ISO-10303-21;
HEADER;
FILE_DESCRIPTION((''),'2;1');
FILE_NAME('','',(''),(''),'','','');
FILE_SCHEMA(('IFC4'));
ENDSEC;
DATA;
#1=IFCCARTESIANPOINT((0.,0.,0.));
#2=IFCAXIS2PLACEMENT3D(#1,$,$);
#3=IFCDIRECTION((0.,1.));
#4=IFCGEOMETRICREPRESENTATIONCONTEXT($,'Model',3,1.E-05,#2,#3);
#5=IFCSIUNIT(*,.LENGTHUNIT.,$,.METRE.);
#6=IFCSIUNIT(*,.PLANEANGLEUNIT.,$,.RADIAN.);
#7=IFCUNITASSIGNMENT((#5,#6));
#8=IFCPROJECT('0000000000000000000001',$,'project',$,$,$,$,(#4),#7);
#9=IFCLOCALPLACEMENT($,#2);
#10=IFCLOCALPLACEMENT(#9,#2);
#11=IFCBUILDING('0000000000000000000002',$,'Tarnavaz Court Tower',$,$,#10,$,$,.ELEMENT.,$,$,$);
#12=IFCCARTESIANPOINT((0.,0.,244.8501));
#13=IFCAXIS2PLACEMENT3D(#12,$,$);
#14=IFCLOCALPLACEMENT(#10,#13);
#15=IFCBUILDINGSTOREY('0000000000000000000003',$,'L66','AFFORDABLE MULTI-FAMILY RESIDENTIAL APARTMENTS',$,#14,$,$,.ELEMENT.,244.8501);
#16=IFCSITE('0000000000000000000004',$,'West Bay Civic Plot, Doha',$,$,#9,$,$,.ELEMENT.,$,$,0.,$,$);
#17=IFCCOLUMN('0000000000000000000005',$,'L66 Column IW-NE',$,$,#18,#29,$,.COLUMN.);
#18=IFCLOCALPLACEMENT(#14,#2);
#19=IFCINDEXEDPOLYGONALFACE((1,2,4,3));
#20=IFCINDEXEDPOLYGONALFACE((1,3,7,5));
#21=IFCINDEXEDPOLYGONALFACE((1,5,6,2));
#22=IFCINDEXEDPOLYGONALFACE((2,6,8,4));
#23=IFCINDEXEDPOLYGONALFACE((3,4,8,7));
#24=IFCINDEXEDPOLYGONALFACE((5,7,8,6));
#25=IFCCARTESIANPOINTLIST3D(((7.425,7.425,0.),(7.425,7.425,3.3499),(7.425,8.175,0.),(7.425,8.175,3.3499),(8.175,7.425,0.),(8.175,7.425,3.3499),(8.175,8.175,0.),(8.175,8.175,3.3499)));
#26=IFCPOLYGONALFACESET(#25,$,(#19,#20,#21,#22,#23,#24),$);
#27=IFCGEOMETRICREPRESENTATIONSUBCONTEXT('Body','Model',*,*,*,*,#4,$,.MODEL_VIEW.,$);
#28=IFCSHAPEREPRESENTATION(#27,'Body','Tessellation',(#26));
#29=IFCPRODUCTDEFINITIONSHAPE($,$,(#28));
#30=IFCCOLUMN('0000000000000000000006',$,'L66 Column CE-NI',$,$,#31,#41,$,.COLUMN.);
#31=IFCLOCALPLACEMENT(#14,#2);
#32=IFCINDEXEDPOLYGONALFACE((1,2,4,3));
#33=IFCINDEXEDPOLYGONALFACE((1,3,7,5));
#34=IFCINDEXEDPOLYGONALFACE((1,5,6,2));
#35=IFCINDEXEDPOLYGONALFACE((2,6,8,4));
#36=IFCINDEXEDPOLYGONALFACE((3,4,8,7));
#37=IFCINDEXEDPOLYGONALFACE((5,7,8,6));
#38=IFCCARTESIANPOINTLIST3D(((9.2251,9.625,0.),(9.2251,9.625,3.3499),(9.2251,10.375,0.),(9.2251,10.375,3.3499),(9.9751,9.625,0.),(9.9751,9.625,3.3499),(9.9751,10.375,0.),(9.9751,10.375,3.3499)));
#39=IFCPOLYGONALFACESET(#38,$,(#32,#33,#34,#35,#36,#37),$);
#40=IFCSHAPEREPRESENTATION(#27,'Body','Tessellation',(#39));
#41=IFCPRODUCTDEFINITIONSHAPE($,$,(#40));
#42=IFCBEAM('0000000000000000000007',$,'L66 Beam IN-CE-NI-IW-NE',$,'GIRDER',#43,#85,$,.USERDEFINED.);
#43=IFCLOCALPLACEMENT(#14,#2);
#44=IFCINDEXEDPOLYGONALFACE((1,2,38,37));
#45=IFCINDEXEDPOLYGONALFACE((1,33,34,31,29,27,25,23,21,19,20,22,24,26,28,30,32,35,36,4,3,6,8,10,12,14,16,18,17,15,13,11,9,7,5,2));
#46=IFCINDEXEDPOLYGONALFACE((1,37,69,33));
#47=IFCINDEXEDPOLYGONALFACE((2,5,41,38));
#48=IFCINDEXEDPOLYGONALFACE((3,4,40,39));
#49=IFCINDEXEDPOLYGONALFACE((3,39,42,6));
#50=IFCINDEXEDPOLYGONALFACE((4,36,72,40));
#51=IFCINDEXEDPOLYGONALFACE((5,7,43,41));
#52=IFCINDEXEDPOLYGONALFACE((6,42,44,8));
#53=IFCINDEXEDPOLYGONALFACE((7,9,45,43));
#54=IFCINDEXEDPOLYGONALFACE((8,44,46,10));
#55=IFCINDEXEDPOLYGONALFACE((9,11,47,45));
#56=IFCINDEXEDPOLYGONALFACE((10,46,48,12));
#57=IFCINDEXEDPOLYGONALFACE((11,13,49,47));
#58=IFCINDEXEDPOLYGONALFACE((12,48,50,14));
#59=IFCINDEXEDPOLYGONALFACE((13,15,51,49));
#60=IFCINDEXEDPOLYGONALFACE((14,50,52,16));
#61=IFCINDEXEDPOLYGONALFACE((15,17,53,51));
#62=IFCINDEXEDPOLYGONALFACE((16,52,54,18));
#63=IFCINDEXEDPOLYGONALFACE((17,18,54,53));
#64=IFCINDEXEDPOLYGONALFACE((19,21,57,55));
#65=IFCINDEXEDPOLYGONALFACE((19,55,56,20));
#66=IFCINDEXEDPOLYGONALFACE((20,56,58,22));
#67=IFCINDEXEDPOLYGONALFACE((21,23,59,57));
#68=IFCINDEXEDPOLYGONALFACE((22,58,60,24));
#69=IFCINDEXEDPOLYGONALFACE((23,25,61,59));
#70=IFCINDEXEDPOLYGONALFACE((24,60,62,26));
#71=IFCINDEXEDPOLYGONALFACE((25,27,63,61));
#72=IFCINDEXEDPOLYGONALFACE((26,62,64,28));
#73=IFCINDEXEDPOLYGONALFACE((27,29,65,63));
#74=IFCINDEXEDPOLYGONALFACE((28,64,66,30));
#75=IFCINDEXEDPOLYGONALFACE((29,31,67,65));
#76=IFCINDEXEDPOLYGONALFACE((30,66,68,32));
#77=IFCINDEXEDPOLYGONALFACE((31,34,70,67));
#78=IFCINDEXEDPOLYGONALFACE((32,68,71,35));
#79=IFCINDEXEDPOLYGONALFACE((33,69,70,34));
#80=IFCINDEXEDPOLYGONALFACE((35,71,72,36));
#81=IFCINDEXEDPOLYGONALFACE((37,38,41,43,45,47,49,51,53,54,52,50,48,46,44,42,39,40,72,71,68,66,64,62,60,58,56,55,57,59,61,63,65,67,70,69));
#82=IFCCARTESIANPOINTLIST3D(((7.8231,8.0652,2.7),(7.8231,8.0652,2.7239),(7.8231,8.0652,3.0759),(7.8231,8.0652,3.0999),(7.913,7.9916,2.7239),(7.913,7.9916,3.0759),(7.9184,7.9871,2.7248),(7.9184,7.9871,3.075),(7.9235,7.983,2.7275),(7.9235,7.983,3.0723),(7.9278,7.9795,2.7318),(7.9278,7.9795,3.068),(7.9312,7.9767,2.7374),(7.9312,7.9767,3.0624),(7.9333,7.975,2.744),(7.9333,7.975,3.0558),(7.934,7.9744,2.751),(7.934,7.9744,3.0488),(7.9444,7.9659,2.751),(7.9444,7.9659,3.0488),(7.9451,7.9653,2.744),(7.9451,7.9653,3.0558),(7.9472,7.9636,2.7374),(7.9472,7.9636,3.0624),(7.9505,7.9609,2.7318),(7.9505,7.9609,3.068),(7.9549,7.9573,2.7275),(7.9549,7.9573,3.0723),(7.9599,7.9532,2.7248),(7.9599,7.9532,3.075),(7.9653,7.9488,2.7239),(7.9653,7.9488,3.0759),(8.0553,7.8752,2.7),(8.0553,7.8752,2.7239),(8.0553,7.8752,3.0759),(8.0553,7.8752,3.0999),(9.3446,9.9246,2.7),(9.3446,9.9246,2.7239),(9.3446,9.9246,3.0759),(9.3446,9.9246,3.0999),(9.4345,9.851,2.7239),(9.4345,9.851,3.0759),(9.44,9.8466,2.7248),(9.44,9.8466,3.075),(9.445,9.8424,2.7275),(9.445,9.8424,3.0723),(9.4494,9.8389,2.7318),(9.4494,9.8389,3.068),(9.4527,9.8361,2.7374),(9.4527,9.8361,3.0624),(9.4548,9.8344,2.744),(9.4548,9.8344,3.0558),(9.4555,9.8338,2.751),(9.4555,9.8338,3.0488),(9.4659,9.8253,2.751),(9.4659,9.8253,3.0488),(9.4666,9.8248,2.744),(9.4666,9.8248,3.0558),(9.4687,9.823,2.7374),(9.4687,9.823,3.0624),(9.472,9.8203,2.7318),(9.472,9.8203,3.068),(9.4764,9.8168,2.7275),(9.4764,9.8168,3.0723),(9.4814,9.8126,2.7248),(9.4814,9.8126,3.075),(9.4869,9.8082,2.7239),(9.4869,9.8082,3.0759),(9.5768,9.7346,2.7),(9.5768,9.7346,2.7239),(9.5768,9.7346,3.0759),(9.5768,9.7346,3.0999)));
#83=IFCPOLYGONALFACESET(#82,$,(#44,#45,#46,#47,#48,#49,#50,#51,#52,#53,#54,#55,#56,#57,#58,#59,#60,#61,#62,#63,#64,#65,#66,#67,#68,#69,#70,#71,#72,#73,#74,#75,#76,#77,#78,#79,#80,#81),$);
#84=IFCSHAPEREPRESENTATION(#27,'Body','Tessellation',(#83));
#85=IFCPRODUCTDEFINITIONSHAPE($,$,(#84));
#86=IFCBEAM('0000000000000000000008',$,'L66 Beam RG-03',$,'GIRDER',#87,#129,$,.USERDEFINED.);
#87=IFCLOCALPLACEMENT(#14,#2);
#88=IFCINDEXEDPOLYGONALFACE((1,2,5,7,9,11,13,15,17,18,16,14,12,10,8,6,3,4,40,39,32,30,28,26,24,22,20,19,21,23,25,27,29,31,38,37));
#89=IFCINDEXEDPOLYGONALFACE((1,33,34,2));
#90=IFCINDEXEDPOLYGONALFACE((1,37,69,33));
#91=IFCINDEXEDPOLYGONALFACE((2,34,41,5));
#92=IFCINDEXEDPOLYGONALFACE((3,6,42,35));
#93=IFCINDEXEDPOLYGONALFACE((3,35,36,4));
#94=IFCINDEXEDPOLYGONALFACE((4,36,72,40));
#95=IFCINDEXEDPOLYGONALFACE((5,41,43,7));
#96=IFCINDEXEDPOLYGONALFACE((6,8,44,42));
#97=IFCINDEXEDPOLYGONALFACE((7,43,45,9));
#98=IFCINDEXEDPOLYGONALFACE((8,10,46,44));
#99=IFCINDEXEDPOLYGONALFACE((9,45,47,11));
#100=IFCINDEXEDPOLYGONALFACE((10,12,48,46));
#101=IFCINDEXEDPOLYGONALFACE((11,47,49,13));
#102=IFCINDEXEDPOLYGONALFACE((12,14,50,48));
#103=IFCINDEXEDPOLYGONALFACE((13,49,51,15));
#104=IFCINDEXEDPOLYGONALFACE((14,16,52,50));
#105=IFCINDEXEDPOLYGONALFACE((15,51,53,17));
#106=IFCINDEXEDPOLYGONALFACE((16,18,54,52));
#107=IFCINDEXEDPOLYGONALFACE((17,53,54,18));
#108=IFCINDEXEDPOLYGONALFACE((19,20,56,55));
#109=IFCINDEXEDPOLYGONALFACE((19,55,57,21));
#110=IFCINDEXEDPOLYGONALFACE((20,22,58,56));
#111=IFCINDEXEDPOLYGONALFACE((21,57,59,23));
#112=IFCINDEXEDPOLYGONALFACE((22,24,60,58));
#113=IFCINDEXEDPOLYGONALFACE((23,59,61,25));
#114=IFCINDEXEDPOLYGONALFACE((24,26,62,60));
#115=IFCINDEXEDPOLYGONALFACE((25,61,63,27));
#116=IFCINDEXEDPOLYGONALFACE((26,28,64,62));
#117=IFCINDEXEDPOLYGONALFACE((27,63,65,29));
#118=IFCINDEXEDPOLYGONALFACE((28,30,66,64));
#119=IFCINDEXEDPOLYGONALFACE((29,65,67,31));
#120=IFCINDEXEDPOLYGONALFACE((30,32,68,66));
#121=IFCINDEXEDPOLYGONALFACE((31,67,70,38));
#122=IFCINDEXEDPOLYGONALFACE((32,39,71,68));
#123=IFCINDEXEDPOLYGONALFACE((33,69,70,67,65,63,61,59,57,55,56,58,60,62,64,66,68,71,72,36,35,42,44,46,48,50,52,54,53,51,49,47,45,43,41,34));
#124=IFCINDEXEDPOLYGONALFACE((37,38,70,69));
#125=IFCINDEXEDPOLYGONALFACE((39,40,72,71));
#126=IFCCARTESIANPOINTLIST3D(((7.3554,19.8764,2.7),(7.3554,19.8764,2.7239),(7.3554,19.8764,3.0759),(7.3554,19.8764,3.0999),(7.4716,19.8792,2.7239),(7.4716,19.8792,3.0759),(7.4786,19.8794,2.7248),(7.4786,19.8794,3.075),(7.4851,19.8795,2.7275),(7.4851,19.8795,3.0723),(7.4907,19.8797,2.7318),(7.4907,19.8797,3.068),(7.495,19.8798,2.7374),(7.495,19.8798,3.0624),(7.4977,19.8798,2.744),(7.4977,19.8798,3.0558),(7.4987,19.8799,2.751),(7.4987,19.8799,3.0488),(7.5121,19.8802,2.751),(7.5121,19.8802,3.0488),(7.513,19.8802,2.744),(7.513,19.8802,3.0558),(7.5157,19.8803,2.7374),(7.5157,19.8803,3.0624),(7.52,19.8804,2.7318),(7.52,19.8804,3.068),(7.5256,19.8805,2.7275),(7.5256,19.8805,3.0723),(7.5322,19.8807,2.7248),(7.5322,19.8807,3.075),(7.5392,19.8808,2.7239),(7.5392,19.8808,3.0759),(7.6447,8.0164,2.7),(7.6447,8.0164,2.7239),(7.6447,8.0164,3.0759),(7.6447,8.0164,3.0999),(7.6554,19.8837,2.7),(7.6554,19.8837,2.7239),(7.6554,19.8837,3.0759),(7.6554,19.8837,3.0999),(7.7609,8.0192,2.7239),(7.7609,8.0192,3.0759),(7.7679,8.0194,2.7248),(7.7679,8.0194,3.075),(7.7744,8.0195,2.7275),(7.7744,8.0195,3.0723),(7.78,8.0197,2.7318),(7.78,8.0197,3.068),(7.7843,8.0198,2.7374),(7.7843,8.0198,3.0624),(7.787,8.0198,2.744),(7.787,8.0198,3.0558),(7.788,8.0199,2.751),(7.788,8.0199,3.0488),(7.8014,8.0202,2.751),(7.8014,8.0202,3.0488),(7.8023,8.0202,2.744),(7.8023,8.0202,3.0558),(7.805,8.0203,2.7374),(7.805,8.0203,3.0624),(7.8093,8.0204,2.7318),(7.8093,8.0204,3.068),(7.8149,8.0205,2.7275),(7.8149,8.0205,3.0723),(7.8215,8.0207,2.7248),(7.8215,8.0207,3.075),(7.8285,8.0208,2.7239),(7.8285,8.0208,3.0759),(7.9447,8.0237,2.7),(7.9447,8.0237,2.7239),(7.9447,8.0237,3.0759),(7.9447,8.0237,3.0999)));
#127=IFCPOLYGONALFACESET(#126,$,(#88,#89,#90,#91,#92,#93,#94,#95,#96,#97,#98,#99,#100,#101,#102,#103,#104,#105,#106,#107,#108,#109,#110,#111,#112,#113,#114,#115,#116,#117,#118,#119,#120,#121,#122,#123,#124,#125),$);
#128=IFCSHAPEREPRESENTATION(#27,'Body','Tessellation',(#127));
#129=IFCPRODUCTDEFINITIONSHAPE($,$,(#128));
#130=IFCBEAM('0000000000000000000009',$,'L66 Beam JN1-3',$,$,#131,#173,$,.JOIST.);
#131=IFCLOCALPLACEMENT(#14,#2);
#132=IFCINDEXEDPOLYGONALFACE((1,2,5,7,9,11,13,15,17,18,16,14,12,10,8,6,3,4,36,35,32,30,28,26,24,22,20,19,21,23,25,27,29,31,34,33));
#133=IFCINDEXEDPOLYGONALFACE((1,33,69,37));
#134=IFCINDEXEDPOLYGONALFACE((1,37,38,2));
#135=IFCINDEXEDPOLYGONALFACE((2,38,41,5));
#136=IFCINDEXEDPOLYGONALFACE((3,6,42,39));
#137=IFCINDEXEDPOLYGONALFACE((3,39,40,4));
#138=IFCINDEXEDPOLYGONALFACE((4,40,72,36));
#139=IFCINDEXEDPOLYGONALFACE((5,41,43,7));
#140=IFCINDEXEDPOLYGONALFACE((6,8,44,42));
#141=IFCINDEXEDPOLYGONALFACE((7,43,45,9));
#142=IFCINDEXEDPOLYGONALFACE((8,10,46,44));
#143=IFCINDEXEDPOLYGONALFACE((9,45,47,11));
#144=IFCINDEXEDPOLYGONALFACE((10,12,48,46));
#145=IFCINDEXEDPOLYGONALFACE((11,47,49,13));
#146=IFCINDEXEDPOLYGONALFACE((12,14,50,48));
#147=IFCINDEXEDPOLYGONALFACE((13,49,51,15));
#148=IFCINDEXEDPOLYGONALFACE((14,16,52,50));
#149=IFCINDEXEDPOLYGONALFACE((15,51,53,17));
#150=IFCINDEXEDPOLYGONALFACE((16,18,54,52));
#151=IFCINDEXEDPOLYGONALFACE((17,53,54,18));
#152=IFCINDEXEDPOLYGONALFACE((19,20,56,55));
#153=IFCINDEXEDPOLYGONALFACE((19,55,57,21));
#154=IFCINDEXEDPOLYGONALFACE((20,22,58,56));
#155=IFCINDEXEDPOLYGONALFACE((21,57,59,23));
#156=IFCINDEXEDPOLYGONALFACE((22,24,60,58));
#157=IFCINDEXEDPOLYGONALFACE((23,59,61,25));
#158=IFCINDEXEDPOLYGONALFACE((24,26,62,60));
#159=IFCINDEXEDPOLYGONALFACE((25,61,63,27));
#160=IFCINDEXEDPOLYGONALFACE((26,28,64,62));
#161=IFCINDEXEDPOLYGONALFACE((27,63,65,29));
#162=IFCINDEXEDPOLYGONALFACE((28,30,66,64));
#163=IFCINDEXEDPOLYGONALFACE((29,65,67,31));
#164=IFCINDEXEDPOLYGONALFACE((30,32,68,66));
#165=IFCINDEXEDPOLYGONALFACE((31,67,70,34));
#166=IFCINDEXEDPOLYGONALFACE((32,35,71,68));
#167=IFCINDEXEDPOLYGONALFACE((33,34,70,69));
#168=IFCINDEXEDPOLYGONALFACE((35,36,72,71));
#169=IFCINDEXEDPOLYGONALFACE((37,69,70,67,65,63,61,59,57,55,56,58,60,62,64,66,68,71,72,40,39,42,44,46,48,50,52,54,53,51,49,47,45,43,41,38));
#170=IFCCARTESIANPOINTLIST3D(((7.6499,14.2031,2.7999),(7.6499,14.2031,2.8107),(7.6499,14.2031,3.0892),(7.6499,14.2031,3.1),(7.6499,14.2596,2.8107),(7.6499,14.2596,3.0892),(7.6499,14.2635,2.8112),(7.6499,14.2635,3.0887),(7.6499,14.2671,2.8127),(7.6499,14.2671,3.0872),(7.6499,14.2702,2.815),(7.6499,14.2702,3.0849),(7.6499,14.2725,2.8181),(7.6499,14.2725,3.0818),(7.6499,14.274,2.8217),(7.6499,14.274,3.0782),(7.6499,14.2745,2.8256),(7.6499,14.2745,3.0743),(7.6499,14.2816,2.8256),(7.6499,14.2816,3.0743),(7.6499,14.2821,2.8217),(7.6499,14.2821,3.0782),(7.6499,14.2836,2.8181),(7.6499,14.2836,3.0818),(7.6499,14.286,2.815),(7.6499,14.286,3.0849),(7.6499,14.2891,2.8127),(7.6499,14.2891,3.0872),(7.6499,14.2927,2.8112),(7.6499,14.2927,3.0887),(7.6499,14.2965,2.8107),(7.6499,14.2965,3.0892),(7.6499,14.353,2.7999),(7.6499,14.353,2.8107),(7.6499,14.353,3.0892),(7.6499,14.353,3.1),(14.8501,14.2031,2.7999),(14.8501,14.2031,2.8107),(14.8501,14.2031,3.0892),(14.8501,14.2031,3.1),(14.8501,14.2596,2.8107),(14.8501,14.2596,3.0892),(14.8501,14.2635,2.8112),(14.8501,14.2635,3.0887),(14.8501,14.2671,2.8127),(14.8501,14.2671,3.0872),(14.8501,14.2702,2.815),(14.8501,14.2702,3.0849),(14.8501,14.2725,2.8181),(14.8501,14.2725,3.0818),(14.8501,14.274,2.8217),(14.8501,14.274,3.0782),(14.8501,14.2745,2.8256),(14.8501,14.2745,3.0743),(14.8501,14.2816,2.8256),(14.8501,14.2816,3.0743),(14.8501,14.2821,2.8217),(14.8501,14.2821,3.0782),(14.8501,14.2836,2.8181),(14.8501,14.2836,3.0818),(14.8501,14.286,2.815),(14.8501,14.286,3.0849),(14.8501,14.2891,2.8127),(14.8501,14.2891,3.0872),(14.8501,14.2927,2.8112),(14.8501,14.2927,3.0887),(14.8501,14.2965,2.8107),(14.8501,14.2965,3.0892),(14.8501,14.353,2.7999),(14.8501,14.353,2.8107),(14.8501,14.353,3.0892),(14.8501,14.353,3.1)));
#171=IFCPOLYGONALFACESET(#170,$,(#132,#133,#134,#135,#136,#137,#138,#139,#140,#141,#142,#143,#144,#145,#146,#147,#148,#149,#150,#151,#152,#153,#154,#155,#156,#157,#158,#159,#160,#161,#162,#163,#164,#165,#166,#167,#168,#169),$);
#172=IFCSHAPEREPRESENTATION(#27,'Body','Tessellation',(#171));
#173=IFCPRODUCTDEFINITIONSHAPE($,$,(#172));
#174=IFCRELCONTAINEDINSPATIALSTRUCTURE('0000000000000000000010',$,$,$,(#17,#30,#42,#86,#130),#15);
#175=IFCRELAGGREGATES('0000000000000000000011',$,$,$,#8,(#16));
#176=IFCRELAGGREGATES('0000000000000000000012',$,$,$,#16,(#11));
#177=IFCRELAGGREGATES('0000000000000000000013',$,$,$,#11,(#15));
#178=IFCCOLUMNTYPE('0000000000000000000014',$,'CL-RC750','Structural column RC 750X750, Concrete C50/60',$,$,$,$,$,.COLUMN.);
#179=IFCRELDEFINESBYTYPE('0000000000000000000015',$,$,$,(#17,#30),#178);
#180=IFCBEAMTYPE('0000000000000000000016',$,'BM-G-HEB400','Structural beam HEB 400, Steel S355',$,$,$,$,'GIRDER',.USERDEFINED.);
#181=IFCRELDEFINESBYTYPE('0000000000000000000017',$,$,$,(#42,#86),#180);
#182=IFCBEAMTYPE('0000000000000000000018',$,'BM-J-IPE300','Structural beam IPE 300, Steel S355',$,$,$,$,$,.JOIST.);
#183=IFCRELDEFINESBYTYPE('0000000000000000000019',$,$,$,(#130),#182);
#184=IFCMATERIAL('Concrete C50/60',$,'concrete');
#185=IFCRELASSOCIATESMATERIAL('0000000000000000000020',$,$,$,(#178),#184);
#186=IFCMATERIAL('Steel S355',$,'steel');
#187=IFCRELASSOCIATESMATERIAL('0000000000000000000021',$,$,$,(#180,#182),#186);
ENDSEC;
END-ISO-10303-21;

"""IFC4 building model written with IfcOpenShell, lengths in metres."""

from ifc_helpers import new_model, si_unit, direction, frame, origin, origin_2d, place, context, subcontext, project, spatial, rectangle, i_section, extrude, material, material_profile, profile_set, type_object, element, save


model = new_model("IFC4")

# Units and contexts
model_context = context("Model", 3, precision=1e-05, world=origin(), true_north=direction((0.0, 1.0)))
body_context = subcontext(model_context, "Body", "Model", "MODEL_VIEW")
ifc_project = project(units=[si_unit("LENGTHUNIT", "METRE"), si_unit("PLANEANGLEUNIT", "RADIAN")], contexts=[model_context])

# Site, building, storey
site_placement = place(None, origin())
site = spatial("IfcSite", under=ifc_project, at=site_placement, Name="West Bay Civic Plot, Doha", CompositionType="ELEMENT", RefElevation=0.0)
building_placement = place(site_placement, origin())
building = spatial("IfcBuilding", under=site, at=building_placement, Name="Tarnavaz Court Tower", CompositionType="ELEMENT")
storey_placement = place(building_placement, frame((0.0, 0.0, 244.8501)))
storey = spatial("IfcBuildingStorey", under=building, at=storey_placement, Name="L66", Description="AFFORDABLE MULTI-FAMILY RESIDENTIAL APARTMENTS", CompositionType="ELEMENT", Elevation=244.8501)

# Columns
ifc_material_1 = material(Name="Concrete C50/60", Category="concrete")
ifc_material_profile_1 = material_profile(ifc_material_1, rectangle(XDim=0.75, YDim=0.75, at=origin_2d()), Name="RC 750X750")
ifc_profile_set_1 = profile_set([ifc_material_profile_1], Name="Concrete C50/60")
column_type = type_object("IfcColumnType", Name="CL-RC750", Description="Structural column RC 750X750, Concrete C50/60", PredefinedType="COLUMN", material=ifc_profile_set_1)
for number, where, z_axis, x_axis, name in (
    (1, (7.8, 7.8, 0.0), (0.0, 0.0, 1.0), (1.0, 0.0, 0.0), "L66 Column IW-NE"),
    (2, (9.6001, 10.0, 0.0), (0.0, 0.0, 1.0), (1.0, 0.0, 0.0), "L66 Column CE-NI"),
):
    element("IfcColumn", number, at=place(storey_placement, frame(where, z_axis=z_axis, x_axis=x_axis)), inside=storey, type_object=column_type, Name=name, PredefinedType="COLUMN", context=body_context, shape_type="SweptSolid", body=[
        extrude(rectangle(XDim=0.75, YDim=0.75, at=origin_2d()), origin(), (0.0, 0.0, 1.0), 3.3499),
    ])

# Beams
ifc_material_2 = material(Name="Steel S355", Category="steel")
ifc_material_profile_2 = material_profile(ifc_material_2, i_section(OverallWidth=0.3, OverallDepth=0.3999, WebThickness=0.0134, FlangeThickness=0.0239, FilletRadius=0.0271, at=origin_2d()), Name="HEB 400")
ifc_profile_set_2 = profile_set([ifc_material_profile_2], Name="Steel S355")
beam_type_1 = type_object("IfcBeamType", Name="BM-G-HEB400", Description="Structural beam HEB 400, Steel S355", ElementType="GIRDER", PredefinedType="USERDEFINED", material=ifc_profile_set_2)
beam_1_placement = place(storey_placement, frame((9.4607, 9.8296, 2.8999), z_axis=(-0.633282, -0.773921, 0.0), x_axis=(0.773921, -0.633282, 0.0)))
element("IfcBeam", 3, at=beam_1_placement, inside=storey, type_object=beam_type_1, Name="L66 Beam IN-CE-NI-IW-NE", ObjectType="GIRDER", PredefinedType="USERDEFINED", context=body_context, shape_type="SweptSolid", body=[
    extrude(i_section(OverallWidth=0.3, OverallDepth=0.3999, WebThickness=0.0134, FlangeThickness=0.0239, FilletRadius=0.0271, at=origin_2d()), origin(), (0.0, 0.0, 1.0), 2.4026),
])
beam_2_placement = place(storey_placement, frame((7.7947, 8.02, 2.8999), z_axis=(-0.024386, 0.999703, 0.0), x_axis=(-0.999703, -0.024386, 0.0)))
element("IfcBeam", 4, at=beam_2_placement, inside=storey, type_object=beam_type_1, Name="L66 Beam RG-03", ObjectType="GIRDER", PredefinedType="USERDEFINED", context=body_context, shape_type="SweptSolid", body=[
    extrude(i_section(OverallWidth=0.3, OverallDepth=0.3999, WebThickness=0.0134, FlangeThickness=0.0239, FilletRadius=0.0271, at=origin_2d()), origin(), (0.0, 0.0, 1.0), 11.8635),
])
ifc_material_profile_3 = material_profile(ifc_material_2, i_section(OverallWidth=0.1499, OverallDepth=0.3, WebThickness=0.0071, FlangeThickness=0.0107, FilletRadius=0.0149, at=origin_2d()), Name="IPE 300")
ifc_profile_set_3 = profile_set([ifc_material_profile_3], Name="Steel S355")
beam_type_2 = type_object("IfcBeamType", Name="BM-J-IPE300", Description="Structural beam IPE 300, Steel S355", PredefinedType="JOIST", material=ifc_profile_set_3)
for number, where, z_axis, x_axis, name in (
    (5, (7.6499, 14.2781, 2.95), (1.0, 0.0, 0.0), (0.0, 1.0, 0.0), "L66 Beam JN1-3"),
):
    element("IfcBeam", number, at=place(storey_placement, frame(where, z_axis=z_axis, x_axis=x_axis)), inside=storey, type_object=beam_type_2, Name=name, PredefinedType="JOIST", context=body_context, shape_type="SweptSolid", body=[
        extrude(i_section(OverallWidth=0.1499, OverallDepth=0.3, WebThickness=0.0071, FlangeThickness=0.0107, FilletRadius=0.0149, at=origin_2d()), origin(), (0.0, 0.0, 1.0), 7.2002),
    ])

save(model, "model.ifc")
